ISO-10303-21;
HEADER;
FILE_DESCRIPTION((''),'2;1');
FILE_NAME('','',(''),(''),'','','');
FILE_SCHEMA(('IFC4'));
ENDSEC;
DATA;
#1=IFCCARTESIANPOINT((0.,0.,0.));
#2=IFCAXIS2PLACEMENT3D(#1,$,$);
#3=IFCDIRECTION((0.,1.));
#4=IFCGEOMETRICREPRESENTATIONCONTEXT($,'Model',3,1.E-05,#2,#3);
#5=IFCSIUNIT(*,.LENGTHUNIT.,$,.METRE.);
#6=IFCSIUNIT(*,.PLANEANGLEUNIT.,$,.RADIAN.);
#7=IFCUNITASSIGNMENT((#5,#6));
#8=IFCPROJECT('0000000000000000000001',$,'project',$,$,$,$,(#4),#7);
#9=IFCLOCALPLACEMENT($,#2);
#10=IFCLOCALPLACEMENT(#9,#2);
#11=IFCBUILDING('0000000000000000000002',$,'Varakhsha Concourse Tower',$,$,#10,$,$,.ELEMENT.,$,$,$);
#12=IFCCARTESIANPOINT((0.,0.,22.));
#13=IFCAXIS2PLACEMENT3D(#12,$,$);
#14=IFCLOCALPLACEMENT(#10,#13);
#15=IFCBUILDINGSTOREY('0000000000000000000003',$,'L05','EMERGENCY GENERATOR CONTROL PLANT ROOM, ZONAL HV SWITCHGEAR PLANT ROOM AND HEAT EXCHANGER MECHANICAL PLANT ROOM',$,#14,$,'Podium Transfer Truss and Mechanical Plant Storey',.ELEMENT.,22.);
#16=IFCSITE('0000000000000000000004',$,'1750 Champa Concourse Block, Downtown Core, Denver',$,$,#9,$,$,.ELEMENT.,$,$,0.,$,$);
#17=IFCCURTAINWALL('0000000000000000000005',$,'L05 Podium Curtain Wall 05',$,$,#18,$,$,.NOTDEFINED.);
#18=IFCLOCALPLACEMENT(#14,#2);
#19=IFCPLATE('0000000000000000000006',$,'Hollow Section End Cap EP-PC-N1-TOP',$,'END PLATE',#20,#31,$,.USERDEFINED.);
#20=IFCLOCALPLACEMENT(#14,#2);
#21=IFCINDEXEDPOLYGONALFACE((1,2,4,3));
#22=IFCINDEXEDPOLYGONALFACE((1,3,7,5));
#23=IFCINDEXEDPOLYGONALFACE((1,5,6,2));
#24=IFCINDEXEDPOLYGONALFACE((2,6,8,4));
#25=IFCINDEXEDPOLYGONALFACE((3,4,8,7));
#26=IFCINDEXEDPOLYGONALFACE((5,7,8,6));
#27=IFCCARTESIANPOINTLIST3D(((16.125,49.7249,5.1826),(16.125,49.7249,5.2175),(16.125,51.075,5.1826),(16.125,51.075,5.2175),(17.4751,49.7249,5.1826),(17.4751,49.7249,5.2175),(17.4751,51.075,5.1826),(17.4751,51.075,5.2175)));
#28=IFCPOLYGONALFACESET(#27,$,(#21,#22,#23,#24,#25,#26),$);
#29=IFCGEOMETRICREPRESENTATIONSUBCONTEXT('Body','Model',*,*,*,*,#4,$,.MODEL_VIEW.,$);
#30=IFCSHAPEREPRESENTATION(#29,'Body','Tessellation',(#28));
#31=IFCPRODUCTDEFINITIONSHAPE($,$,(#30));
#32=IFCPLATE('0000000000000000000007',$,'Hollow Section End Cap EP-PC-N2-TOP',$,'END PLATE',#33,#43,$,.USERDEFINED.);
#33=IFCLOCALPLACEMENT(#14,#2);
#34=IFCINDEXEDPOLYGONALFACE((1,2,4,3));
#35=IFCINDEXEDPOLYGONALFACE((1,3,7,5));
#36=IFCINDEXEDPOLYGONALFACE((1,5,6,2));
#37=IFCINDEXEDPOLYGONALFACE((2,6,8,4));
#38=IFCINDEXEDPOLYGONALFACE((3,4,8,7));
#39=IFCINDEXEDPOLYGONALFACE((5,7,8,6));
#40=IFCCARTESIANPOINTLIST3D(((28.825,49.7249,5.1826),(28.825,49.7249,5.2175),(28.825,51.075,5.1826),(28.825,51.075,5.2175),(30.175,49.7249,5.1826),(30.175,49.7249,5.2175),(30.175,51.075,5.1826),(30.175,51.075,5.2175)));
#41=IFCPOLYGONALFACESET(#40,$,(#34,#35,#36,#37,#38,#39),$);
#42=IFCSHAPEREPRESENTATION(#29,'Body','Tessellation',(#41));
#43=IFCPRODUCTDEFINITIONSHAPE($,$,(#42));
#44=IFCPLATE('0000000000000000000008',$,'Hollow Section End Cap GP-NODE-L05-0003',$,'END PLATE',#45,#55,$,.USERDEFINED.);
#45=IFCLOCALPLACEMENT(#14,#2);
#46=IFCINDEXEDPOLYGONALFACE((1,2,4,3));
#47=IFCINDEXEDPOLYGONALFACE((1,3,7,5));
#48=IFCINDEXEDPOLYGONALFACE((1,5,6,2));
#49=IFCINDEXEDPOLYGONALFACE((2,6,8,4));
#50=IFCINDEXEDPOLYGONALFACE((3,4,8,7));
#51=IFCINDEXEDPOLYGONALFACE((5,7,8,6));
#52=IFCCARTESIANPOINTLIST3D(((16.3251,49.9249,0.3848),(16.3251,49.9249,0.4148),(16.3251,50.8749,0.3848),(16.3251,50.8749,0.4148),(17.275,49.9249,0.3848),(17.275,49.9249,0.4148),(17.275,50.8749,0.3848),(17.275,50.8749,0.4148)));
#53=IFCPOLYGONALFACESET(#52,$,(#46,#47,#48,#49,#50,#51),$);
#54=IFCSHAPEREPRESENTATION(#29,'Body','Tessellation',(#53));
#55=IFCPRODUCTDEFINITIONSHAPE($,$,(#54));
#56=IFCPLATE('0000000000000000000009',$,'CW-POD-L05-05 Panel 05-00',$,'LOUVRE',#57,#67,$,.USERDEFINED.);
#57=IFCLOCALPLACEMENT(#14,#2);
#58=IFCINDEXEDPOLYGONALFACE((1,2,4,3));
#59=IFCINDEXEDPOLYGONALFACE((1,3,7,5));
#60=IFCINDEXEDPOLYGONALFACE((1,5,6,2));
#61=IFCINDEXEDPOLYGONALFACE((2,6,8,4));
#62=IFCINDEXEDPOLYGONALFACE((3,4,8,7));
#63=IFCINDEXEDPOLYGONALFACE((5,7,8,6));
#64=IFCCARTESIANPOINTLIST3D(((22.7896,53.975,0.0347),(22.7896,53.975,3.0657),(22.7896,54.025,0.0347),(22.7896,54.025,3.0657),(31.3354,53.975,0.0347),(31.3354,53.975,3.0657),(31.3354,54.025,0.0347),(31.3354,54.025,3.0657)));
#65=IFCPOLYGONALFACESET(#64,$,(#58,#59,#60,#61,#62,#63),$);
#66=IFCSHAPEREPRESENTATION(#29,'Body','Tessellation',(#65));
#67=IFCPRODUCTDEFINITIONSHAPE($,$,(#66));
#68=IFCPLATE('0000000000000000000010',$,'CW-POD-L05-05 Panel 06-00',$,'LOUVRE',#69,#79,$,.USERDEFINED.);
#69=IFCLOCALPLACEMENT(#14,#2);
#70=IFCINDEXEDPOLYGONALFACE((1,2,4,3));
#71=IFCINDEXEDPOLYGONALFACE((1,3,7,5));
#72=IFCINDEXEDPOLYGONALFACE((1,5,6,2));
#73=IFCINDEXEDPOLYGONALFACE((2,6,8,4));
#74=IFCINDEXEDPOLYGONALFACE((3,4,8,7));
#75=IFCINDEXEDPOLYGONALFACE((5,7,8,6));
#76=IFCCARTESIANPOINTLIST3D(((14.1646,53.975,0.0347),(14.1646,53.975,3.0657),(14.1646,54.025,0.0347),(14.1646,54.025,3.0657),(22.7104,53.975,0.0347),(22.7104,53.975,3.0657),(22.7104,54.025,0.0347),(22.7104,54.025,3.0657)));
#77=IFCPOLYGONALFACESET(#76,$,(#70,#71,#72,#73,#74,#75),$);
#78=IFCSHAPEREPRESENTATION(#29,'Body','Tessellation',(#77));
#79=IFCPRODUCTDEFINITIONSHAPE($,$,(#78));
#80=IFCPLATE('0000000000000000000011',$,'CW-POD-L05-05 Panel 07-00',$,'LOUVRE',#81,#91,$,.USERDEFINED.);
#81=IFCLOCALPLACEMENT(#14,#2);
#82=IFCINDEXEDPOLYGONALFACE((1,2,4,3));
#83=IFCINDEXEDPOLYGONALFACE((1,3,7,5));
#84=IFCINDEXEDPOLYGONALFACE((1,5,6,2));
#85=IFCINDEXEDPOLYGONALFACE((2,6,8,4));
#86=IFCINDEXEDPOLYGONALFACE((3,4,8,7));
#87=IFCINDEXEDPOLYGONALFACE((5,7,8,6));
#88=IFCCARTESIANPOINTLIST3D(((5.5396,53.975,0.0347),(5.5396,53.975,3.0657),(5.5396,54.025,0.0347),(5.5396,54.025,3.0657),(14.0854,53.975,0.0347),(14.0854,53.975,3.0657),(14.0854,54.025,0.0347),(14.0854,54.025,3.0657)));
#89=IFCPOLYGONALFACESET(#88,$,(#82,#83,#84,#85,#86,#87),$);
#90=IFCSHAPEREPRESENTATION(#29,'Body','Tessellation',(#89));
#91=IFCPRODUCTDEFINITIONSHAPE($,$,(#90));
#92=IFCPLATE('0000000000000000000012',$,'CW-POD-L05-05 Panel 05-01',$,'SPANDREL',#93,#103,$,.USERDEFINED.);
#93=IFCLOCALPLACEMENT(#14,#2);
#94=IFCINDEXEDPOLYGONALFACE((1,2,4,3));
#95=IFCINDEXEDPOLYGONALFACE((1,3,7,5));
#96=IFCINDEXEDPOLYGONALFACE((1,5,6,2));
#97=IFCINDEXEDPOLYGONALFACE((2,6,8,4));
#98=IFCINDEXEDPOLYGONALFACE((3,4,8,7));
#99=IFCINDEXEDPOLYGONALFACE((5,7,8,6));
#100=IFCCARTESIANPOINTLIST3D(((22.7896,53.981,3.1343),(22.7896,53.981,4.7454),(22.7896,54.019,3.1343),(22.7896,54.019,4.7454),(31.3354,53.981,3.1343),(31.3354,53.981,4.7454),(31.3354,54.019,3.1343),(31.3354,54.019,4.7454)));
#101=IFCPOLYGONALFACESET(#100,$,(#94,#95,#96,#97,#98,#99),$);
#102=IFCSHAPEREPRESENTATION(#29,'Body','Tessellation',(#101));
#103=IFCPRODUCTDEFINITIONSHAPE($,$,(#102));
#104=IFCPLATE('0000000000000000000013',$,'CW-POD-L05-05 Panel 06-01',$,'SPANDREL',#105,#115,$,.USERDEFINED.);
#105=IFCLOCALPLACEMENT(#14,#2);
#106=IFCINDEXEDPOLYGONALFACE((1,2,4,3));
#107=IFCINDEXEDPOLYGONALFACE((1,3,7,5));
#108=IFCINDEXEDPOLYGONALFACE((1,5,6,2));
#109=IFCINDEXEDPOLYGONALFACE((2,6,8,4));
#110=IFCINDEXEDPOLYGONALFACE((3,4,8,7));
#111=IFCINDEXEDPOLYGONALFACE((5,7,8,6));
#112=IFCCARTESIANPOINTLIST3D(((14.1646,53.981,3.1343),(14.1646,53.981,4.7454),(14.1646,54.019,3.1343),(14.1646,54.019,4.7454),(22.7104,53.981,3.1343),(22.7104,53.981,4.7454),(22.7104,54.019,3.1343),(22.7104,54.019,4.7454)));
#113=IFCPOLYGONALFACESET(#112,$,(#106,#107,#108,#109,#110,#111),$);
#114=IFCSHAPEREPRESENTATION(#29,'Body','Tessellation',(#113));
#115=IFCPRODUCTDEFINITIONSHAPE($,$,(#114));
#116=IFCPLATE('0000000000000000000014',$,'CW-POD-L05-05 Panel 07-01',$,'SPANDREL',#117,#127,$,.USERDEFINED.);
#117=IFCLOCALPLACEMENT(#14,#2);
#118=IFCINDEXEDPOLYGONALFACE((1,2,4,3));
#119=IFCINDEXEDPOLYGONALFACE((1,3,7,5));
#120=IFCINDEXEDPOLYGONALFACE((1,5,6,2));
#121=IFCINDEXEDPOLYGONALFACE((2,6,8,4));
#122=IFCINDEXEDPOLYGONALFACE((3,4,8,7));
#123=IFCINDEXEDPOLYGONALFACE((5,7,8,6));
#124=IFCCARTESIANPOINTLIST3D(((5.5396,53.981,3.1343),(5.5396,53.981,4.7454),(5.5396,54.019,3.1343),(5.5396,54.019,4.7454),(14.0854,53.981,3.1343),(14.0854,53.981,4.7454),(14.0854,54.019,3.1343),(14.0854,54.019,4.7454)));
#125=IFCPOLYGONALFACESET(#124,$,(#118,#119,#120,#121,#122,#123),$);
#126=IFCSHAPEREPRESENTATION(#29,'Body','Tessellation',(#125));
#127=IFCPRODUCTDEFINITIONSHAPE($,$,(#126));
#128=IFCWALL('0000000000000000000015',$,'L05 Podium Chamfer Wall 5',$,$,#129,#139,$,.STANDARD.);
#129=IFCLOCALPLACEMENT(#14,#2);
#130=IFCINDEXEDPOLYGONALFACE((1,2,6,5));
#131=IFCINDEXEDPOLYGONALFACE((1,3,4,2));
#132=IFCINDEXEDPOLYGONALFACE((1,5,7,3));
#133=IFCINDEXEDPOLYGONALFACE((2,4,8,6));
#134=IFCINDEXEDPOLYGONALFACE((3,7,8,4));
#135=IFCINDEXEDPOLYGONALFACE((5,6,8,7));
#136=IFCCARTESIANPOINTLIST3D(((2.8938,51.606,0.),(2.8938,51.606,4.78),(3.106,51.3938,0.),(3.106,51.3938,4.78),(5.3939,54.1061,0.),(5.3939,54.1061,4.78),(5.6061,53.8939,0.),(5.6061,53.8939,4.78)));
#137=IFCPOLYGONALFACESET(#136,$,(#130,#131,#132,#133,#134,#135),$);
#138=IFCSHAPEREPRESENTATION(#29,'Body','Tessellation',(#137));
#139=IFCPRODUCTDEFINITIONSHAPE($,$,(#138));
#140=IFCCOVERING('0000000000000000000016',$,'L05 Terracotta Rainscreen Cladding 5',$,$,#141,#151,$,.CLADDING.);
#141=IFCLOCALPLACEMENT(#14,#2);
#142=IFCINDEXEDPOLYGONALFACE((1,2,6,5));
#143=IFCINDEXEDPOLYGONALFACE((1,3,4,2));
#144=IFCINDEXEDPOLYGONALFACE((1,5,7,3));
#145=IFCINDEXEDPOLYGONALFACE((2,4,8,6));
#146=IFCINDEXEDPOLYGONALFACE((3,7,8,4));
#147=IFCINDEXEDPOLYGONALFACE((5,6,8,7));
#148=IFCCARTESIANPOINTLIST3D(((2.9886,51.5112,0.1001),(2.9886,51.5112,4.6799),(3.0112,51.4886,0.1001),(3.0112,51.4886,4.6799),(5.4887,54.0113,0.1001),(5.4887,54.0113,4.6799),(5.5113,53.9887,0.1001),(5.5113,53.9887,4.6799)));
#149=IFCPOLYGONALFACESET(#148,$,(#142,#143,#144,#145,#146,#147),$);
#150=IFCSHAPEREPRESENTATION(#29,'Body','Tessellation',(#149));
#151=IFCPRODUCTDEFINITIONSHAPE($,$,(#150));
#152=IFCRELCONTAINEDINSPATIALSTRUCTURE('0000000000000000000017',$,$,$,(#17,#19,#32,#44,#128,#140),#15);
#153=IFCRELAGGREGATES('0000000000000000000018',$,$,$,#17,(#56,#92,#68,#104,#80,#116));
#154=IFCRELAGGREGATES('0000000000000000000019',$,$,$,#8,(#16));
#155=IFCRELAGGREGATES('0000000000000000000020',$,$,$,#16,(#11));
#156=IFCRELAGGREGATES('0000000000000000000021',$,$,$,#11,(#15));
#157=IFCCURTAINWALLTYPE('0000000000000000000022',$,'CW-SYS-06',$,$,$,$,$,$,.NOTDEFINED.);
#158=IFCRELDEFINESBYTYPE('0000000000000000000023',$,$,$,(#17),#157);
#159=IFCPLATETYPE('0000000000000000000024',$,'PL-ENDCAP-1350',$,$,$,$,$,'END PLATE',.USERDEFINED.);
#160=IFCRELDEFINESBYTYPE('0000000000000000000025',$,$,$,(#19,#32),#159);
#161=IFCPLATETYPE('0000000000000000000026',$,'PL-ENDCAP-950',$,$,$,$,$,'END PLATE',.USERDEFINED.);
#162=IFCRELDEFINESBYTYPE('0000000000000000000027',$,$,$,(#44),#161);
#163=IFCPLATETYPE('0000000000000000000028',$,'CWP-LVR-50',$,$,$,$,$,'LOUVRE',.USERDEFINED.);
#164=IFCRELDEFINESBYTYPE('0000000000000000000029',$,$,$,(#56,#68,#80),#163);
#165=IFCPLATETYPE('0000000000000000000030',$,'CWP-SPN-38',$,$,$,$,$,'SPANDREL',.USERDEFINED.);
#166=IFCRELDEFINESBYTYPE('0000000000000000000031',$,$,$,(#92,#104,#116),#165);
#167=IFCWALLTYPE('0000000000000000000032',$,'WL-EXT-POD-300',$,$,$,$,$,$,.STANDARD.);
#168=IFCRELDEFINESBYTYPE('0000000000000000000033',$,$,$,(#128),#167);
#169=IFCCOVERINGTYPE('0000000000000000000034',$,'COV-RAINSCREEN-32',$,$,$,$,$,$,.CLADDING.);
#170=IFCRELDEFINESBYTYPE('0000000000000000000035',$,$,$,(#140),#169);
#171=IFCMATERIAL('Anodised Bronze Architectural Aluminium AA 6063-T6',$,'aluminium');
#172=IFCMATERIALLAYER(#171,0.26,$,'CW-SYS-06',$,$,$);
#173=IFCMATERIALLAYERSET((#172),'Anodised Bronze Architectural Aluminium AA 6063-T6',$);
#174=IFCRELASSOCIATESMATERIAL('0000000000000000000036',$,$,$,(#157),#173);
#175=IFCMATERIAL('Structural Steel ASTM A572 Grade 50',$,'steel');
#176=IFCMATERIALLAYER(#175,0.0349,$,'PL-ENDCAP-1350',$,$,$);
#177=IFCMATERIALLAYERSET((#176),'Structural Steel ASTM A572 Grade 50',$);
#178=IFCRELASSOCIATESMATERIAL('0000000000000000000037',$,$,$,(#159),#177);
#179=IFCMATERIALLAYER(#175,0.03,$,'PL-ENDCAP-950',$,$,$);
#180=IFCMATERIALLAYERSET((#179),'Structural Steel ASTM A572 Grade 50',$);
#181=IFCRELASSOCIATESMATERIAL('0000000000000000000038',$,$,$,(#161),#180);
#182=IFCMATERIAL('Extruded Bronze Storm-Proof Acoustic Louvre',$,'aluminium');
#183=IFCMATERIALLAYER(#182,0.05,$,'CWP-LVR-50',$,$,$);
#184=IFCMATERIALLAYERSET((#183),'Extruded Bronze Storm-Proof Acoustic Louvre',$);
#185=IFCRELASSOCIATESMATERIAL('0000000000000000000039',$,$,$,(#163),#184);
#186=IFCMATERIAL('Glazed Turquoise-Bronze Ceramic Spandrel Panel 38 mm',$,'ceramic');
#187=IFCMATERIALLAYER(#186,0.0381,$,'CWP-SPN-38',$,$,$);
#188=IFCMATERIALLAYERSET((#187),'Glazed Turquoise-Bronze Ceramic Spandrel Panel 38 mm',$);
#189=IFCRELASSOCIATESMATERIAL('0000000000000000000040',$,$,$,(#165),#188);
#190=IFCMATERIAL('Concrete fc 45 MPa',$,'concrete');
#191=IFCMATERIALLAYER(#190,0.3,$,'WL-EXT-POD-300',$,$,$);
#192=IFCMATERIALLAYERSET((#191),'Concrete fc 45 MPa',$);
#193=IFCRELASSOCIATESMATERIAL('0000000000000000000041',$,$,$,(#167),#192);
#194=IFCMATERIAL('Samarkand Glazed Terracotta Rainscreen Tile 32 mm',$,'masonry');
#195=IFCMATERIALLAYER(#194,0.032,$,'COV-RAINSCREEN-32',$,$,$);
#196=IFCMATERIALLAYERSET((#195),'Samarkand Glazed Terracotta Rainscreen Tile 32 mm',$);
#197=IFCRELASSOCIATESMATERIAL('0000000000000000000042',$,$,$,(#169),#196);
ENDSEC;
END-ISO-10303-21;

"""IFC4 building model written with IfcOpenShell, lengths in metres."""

from ifc_helpers import new_model, si_unit, direction, frame, frame_2d, origin, origin_2d, place, context, subcontext, project, spatial, rectangle, extrude, source, transform, mapped, material, layer, layer_set, type_object, type_shapes, element, aggregate, save


model = new_model("IFC4")

# Units and contexts
model_context = context("Model", 3, precision=1e-05, world=origin(), true_north=direction((0.0, 1.0)))
body_context = subcontext(model_context, "Body", "Model", "MODEL_VIEW")
ifc_project = project(units=[si_unit("LENGTHUNIT", "METRE"), si_unit("PLANEANGLEUNIT", "RADIAN")], contexts=[model_context])

# Site, building, storey
site_placement = place(None, origin())
site = spatial("IfcSite", under=ifc_project, at=site_placement, Name="1750 Champa Concourse Block, Downtown Core, Denver", CompositionType="ELEMENT", RefElevation=0.0)
building_placement = place(site_placement, origin())
building = spatial("IfcBuilding", under=site, at=building_placement, Name="Varakhsha Concourse Tower", CompositionType="ELEMENT")
storey_placement = place(building_placement, frame((0.0, 0.0, 22.0)))
storey = spatial("IfcBuildingStorey", under=building, at=storey_placement, Name="L05", Description="EMERGENCY GENERATOR CONTROL PLANT ROOM, ZONAL HV SWITCHGEAR PLANT ROOM AND HEAT EXCHANGER MECHANICAL PLANT ROOM", LongName="Podium Transfer Truss and Mechanical Plant Storey", CompositionType="ELEMENT", Elevation=22.0)

# Shared definitions
ifc_material_1 = material(Name="Structural Steel ASTM A572 Grade 50", Category="steel")

# Shared definitions
ifc_material_2 = material(Name="Anodised Bronze Architectural Aluminium AA 6063-T6", Category="aluminium")
ifc_layer_1 = layer(ifc_material_2, 0.26, Name="CW-SYS-06")
ifc_layer_set_1 = layer_set([ifc_layer_1], Name="Anodised Bronze Architectural Aluminium AA 6063-T6")
curtain_wall_type = type_object("IfcCurtainWallType", Name="CW-SYS-06", PredefinedType="NOTDEFINED", material=ifc_layer_set_1)

# Curtain wall
curtain_wall_1_placement = place(storey_placement, origin())
curtain_wall_1 = element("IfcCurtainWall", 1, at=curtain_wall_1_placement, inside=storey, type_object=curtain_wall_type, Name="L05 Podium Curtain Wall 05", PredefinedType="NOTDEFINED")

# Plates
ifc_layer_2 = layer(ifc_material_1, 0.0349, Name="PL-ENDCAP-1350")
ifc_layer_set_2 = layer_set([ifc_layer_2], Name="Structural Steel ASTM A572 Grade 50")
plate_type_1 = type_object("IfcPlateType", Name="PL-ENDCAP-1350", ElementType="END PLATE", PredefinedType="USERDEFINED", material=ifc_layer_set_2)
shared_shape_1 = source(origin(), body_context, "Body", "SweptSolid", [
    extrude(rectangle(XDim=1.3501, YDim=1.3501, at=origin_2d()), origin(), (0.0, 0.0, 1.0), 0.0349),
])
type_shapes(plate_type_1, [shared_shape_1])
for number, where, z_axis, x_axis, name in (
    (2, (16.8, 50.3999, 5.1826), (0.0, 0.0, 1.0), (1.0, 0.0, 0.0), "Hollow Section End Cap EP-PC-N1-TOP"),
    (3, (29.5, 50.3999, 5.1826), (0.0, 0.0, 1.0), (1.0, 0.0, 0.0), "Hollow Section End Cap EP-PC-N2-TOP"),
):
    element("IfcPlate", number, at=place(storey_placement, frame(where, z_axis=z_axis, x_axis=x_axis)), inside=storey, type_object=plate_type_1, Name=name, ObjectType="END PLATE", PredefinedType="USERDEFINED", context=body_context, shape_type="MappedRepresentation", body=[
        mapped(shared_shape_1, transform((0.0, 0.0, 0.0), scale=1.0)),
    ])
ifc_layer_3 = layer(ifc_material_1, 0.03, Name="PL-ENDCAP-950")
ifc_layer_set_3 = layer_set([ifc_layer_3], Name="Structural Steel ASTM A572 Grade 50")
plate_type_2 = type_object("IfcPlateType", Name="PL-ENDCAP-950", ElementType="END PLATE", PredefinedType="USERDEFINED", material=ifc_layer_set_3)
shared_shape_2 = source(origin(), body_context, "Body", "SweptSolid", [
    extrude(rectangle(XDim=0.95, YDim=0.95, at=origin_2d()), origin(), (0.0, 0.0, 1.0), 0.03),
])
type_shapes(plate_type_2, [shared_shape_2])
plate_1_placement = place(storey_placement, frame((16.8, 50.3999, 0.3848), z_axis=(0.0, 0.0, 1.0), x_axis=(1.0, 0.0, 0.0)))
element("IfcPlate", 4, at=plate_1_placement, inside=storey, type_object=plate_type_2, Name="Hollow Section End Cap GP-NODE-L05-0003", ObjectType="END PLATE", PredefinedType="USERDEFINED", context=body_context, shape_type="MappedRepresentation", body=[
    mapped(shared_shape_2, transform((0.0, 0.0, 0.0), scale=1.0)),
])

# Plates
ifc_material_3 = material(Name="Extruded Bronze Storm-Proof Acoustic Louvre", Category="aluminium")
ifc_layer_4 = layer(ifc_material_3, 0.05, Name="CWP-LVR-50")
ifc_layer_set_4 = layer_set([ifc_layer_4], Name="Extruded Bronze Storm-Proof Acoustic Louvre")
plate_type_3 = type_object("IfcPlateType", Name="CWP-LVR-50", ElementType="LOUVRE", PredefinedType="USERDEFINED", material=ifc_layer_set_4)
shared_shape_3 = source(origin(), body_context, "Body", "SweptSolid", [
    extrude(rectangle(XDim=8.5459, YDim=0.05, at=origin_2d()), origin(), (0.0, 0.0, 1.0), 3.031),
])
type_shapes(plate_type_3, [shared_shape_3])
plate_2_placement = place(storey_placement, frame((27.0625, 54.0, 0.0347), z_axis=(0.0, 0.0, 1.0), x_axis=(-1.0, 0.0, 0.0)))
plate_2 = element("IfcPlate", 5, at=plate_2_placement, type_object=plate_type_3, Name="CW-POD-L05-05 Panel 05-00", ObjectType="LOUVRE", PredefinedType="USERDEFINED", context=body_context, shape_type="MappedRepresentation", body=[
    mapped(shared_shape_3, transform((0.0, 0.0, 0.0), scale=1.0)),
])
plate_3_placement = place(storey_placement, frame((18.4375, 54.0, 0.0347), z_axis=(0.0, 0.0, 1.0), x_axis=(-1.0, 0.0, 0.0)))
plate_3 = element("IfcPlate", 6, at=plate_3_placement, type_object=plate_type_3, Name="CW-POD-L05-05 Panel 06-00", ObjectType="LOUVRE", PredefinedType="USERDEFINED", context=body_context, shape_type="MappedRepresentation", body=[
    mapped(shared_shape_3, transform((0.0, 0.0, 0.0), scale=1.0)),
])
plate_4_placement = place(storey_placement, frame((9.8125, 54.0, 0.0347), z_axis=(0.0, 0.0, 1.0), x_axis=(-1.0, 0.0, 0.0)))
plate_4 = element("IfcPlate", 7, at=plate_4_placement, type_object=plate_type_3, Name="CW-POD-L05-05 Panel 07-00", ObjectType="LOUVRE", PredefinedType="USERDEFINED", context=body_context, shape_type="MappedRepresentation", body=[
    mapped(shared_shape_3, transform((0.0, 0.0, 0.0), scale=1.0)),
])
ifc_material_4 = material(Name="Glazed Turquoise-Bronze Ceramic Spandrel Panel 38 mm", Category="ceramic")
ifc_layer_5 = layer(ifc_material_4, 0.0381, Name="CWP-SPN-38")
ifc_layer_set_5 = layer_set([ifc_layer_5], Name="Glazed Turquoise-Bronze Ceramic Spandrel Panel 38 mm")
plate_type_4 = type_object("IfcPlateType", Name="CWP-SPN-38", ElementType="SPANDREL", PredefinedType="USERDEFINED", material=ifc_layer_set_5)
shared_shape_4 = source(origin(), body_context, "Body", "SweptSolid", [
    extrude(rectangle(XDim=8.5459, YDim=0.0381, at=origin_2d()), origin(), (0.0, 0.0, 1.0), 1.6111),
])
type_shapes(plate_type_4, [shared_shape_4])
plate_5_placement = place(storey_placement, frame((27.0625, 54.0, 3.1343), z_axis=(0.0, 0.0, 1.0), x_axis=(-1.0, 0.0, 0.0)))
plate_5 = element("IfcPlate", 8, at=plate_5_placement, type_object=plate_type_4, Name="CW-POD-L05-05 Panel 05-01", ObjectType="SPANDREL", PredefinedType="USERDEFINED", context=body_context, shape_type="MappedRepresentation", body=[
    mapped(shared_shape_4, transform((0.0, 0.0, 0.0), scale=1.0)),
])
plate_6_placement = place(storey_placement, frame((18.4375, 54.0, 3.1343), z_axis=(0.0, 0.0, 1.0), x_axis=(-1.0, 0.0, 0.0)))
plate_6 = element("IfcPlate", 9, at=plate_6_placement, type_object=plate_type_4, Name="CW-POD-L05-05 Panel 06-01", ObjectType="SPANDREL", PredefinedType="USERDEFINED", context=body_context, shape_type="MappedRepresentation", body=[
    mapped(shared_shape_4, transform((0.0, 0.0, 0.0), scale=1.0)),
])
plate_7_placement = place(storey_placement, frame((9.8125, 54.0, 3.1343), z_axis=(0.0, 0.0, 1.0), x_axis=(-1.0, 0.0, 0.0)))
plate_7 = element("IfcPlate", 10, at=plate_7_placement, type_object=plate_type_4, Name="CW-POD-L05-05 Panel 07-01", ObjectType="SPANDREL", PredefinedType="USERDEFINED", context=body_context, shape_type="MappedRepresentation", body=[
    mapped(shared_shape_4, transform((0.0, 0.0, 0.0), scale=1.0)),
])
aggregate(curtain_wall_1, [plate_2, plate_5, plate_3, plate_6, plate_4, plate_7])

# Wall
ifc_material_5 = material(Name="Concrete fc 45 MPa", Category="concrete")
ifc_layer_6 = layer(ifc_material_5, 0.3, Name="WL-EXT-POD-300")
ifc_layer_set_6 = layer_set([ifc_layer_6], Name="Concrete fc 45 MPa")
wall_type = type_object("IfcWallType", Name="WL-EXT-POD-300", PredefinedType="STANDARD", material=ifc_layer_set_6)
wall_placement = place(storey_placement, frame((5.5, 54.0, 0.0), z_axis=(0.0, 0.0, 1.0), x_axis=(-0.707107, -0.707107, 0.0)))
element("IfcWall", 11, at=wall_placement, inside=storey, type_object=wall_type, Name="L05 Podium Chamfer Wall 5", PredefinedType="STANDARD", context=body_context, shape_type="SweptSolid", body=[
    extrude(rectangle(XDim=3.5356, YDim=0.3, at=frame_2d((1.7678, 0.0))), origin(), (0.0, 0.0, 1.0), 4.78),
])

# Covering
ifc_material_6 = material(Name="Samarkand Glazed Terracotta Rainscreen Tile 32 mm", Category="masonry")
ifc_layer_7 = layer(ifc_material_6, 0.032, Name="COV-RAINSCREEN-32")
ifc_layer_set_7 = layer_set([ifc_layer_7], Name="Samarkand Glazed Terracotta Rainscreen Tile 32 mm")
covering_type = type_object("IfcCoveringType", Name="COV-RAINSCREEN-32", PredefinedType="CLADDING", material=ifc_layer_set_7)
covering_placement = place(storey_placement, frame((5.5, 54.0, 0.1001), z_axis=(0.0, 0.0, 1.0), x_axis=(-0.707107, -0.707107, 0.0)))
element("IfcCovering", 12, at=covering_placement, inside=storey, type_object=covering_type, Name="L05 Terracotta Rainscreen Cladding 5", PredefinedType="CLADDING", context=body_context, shape_type="SweptSolid", body=[
    extrude(rectangle(XDim=3.5356, YDim=0.032, at=frame_2d((1.7678, 0.0))), origin(), (0.0, 0.0, 1.0), 4.5798),
])

save(model, "model.ifc")
